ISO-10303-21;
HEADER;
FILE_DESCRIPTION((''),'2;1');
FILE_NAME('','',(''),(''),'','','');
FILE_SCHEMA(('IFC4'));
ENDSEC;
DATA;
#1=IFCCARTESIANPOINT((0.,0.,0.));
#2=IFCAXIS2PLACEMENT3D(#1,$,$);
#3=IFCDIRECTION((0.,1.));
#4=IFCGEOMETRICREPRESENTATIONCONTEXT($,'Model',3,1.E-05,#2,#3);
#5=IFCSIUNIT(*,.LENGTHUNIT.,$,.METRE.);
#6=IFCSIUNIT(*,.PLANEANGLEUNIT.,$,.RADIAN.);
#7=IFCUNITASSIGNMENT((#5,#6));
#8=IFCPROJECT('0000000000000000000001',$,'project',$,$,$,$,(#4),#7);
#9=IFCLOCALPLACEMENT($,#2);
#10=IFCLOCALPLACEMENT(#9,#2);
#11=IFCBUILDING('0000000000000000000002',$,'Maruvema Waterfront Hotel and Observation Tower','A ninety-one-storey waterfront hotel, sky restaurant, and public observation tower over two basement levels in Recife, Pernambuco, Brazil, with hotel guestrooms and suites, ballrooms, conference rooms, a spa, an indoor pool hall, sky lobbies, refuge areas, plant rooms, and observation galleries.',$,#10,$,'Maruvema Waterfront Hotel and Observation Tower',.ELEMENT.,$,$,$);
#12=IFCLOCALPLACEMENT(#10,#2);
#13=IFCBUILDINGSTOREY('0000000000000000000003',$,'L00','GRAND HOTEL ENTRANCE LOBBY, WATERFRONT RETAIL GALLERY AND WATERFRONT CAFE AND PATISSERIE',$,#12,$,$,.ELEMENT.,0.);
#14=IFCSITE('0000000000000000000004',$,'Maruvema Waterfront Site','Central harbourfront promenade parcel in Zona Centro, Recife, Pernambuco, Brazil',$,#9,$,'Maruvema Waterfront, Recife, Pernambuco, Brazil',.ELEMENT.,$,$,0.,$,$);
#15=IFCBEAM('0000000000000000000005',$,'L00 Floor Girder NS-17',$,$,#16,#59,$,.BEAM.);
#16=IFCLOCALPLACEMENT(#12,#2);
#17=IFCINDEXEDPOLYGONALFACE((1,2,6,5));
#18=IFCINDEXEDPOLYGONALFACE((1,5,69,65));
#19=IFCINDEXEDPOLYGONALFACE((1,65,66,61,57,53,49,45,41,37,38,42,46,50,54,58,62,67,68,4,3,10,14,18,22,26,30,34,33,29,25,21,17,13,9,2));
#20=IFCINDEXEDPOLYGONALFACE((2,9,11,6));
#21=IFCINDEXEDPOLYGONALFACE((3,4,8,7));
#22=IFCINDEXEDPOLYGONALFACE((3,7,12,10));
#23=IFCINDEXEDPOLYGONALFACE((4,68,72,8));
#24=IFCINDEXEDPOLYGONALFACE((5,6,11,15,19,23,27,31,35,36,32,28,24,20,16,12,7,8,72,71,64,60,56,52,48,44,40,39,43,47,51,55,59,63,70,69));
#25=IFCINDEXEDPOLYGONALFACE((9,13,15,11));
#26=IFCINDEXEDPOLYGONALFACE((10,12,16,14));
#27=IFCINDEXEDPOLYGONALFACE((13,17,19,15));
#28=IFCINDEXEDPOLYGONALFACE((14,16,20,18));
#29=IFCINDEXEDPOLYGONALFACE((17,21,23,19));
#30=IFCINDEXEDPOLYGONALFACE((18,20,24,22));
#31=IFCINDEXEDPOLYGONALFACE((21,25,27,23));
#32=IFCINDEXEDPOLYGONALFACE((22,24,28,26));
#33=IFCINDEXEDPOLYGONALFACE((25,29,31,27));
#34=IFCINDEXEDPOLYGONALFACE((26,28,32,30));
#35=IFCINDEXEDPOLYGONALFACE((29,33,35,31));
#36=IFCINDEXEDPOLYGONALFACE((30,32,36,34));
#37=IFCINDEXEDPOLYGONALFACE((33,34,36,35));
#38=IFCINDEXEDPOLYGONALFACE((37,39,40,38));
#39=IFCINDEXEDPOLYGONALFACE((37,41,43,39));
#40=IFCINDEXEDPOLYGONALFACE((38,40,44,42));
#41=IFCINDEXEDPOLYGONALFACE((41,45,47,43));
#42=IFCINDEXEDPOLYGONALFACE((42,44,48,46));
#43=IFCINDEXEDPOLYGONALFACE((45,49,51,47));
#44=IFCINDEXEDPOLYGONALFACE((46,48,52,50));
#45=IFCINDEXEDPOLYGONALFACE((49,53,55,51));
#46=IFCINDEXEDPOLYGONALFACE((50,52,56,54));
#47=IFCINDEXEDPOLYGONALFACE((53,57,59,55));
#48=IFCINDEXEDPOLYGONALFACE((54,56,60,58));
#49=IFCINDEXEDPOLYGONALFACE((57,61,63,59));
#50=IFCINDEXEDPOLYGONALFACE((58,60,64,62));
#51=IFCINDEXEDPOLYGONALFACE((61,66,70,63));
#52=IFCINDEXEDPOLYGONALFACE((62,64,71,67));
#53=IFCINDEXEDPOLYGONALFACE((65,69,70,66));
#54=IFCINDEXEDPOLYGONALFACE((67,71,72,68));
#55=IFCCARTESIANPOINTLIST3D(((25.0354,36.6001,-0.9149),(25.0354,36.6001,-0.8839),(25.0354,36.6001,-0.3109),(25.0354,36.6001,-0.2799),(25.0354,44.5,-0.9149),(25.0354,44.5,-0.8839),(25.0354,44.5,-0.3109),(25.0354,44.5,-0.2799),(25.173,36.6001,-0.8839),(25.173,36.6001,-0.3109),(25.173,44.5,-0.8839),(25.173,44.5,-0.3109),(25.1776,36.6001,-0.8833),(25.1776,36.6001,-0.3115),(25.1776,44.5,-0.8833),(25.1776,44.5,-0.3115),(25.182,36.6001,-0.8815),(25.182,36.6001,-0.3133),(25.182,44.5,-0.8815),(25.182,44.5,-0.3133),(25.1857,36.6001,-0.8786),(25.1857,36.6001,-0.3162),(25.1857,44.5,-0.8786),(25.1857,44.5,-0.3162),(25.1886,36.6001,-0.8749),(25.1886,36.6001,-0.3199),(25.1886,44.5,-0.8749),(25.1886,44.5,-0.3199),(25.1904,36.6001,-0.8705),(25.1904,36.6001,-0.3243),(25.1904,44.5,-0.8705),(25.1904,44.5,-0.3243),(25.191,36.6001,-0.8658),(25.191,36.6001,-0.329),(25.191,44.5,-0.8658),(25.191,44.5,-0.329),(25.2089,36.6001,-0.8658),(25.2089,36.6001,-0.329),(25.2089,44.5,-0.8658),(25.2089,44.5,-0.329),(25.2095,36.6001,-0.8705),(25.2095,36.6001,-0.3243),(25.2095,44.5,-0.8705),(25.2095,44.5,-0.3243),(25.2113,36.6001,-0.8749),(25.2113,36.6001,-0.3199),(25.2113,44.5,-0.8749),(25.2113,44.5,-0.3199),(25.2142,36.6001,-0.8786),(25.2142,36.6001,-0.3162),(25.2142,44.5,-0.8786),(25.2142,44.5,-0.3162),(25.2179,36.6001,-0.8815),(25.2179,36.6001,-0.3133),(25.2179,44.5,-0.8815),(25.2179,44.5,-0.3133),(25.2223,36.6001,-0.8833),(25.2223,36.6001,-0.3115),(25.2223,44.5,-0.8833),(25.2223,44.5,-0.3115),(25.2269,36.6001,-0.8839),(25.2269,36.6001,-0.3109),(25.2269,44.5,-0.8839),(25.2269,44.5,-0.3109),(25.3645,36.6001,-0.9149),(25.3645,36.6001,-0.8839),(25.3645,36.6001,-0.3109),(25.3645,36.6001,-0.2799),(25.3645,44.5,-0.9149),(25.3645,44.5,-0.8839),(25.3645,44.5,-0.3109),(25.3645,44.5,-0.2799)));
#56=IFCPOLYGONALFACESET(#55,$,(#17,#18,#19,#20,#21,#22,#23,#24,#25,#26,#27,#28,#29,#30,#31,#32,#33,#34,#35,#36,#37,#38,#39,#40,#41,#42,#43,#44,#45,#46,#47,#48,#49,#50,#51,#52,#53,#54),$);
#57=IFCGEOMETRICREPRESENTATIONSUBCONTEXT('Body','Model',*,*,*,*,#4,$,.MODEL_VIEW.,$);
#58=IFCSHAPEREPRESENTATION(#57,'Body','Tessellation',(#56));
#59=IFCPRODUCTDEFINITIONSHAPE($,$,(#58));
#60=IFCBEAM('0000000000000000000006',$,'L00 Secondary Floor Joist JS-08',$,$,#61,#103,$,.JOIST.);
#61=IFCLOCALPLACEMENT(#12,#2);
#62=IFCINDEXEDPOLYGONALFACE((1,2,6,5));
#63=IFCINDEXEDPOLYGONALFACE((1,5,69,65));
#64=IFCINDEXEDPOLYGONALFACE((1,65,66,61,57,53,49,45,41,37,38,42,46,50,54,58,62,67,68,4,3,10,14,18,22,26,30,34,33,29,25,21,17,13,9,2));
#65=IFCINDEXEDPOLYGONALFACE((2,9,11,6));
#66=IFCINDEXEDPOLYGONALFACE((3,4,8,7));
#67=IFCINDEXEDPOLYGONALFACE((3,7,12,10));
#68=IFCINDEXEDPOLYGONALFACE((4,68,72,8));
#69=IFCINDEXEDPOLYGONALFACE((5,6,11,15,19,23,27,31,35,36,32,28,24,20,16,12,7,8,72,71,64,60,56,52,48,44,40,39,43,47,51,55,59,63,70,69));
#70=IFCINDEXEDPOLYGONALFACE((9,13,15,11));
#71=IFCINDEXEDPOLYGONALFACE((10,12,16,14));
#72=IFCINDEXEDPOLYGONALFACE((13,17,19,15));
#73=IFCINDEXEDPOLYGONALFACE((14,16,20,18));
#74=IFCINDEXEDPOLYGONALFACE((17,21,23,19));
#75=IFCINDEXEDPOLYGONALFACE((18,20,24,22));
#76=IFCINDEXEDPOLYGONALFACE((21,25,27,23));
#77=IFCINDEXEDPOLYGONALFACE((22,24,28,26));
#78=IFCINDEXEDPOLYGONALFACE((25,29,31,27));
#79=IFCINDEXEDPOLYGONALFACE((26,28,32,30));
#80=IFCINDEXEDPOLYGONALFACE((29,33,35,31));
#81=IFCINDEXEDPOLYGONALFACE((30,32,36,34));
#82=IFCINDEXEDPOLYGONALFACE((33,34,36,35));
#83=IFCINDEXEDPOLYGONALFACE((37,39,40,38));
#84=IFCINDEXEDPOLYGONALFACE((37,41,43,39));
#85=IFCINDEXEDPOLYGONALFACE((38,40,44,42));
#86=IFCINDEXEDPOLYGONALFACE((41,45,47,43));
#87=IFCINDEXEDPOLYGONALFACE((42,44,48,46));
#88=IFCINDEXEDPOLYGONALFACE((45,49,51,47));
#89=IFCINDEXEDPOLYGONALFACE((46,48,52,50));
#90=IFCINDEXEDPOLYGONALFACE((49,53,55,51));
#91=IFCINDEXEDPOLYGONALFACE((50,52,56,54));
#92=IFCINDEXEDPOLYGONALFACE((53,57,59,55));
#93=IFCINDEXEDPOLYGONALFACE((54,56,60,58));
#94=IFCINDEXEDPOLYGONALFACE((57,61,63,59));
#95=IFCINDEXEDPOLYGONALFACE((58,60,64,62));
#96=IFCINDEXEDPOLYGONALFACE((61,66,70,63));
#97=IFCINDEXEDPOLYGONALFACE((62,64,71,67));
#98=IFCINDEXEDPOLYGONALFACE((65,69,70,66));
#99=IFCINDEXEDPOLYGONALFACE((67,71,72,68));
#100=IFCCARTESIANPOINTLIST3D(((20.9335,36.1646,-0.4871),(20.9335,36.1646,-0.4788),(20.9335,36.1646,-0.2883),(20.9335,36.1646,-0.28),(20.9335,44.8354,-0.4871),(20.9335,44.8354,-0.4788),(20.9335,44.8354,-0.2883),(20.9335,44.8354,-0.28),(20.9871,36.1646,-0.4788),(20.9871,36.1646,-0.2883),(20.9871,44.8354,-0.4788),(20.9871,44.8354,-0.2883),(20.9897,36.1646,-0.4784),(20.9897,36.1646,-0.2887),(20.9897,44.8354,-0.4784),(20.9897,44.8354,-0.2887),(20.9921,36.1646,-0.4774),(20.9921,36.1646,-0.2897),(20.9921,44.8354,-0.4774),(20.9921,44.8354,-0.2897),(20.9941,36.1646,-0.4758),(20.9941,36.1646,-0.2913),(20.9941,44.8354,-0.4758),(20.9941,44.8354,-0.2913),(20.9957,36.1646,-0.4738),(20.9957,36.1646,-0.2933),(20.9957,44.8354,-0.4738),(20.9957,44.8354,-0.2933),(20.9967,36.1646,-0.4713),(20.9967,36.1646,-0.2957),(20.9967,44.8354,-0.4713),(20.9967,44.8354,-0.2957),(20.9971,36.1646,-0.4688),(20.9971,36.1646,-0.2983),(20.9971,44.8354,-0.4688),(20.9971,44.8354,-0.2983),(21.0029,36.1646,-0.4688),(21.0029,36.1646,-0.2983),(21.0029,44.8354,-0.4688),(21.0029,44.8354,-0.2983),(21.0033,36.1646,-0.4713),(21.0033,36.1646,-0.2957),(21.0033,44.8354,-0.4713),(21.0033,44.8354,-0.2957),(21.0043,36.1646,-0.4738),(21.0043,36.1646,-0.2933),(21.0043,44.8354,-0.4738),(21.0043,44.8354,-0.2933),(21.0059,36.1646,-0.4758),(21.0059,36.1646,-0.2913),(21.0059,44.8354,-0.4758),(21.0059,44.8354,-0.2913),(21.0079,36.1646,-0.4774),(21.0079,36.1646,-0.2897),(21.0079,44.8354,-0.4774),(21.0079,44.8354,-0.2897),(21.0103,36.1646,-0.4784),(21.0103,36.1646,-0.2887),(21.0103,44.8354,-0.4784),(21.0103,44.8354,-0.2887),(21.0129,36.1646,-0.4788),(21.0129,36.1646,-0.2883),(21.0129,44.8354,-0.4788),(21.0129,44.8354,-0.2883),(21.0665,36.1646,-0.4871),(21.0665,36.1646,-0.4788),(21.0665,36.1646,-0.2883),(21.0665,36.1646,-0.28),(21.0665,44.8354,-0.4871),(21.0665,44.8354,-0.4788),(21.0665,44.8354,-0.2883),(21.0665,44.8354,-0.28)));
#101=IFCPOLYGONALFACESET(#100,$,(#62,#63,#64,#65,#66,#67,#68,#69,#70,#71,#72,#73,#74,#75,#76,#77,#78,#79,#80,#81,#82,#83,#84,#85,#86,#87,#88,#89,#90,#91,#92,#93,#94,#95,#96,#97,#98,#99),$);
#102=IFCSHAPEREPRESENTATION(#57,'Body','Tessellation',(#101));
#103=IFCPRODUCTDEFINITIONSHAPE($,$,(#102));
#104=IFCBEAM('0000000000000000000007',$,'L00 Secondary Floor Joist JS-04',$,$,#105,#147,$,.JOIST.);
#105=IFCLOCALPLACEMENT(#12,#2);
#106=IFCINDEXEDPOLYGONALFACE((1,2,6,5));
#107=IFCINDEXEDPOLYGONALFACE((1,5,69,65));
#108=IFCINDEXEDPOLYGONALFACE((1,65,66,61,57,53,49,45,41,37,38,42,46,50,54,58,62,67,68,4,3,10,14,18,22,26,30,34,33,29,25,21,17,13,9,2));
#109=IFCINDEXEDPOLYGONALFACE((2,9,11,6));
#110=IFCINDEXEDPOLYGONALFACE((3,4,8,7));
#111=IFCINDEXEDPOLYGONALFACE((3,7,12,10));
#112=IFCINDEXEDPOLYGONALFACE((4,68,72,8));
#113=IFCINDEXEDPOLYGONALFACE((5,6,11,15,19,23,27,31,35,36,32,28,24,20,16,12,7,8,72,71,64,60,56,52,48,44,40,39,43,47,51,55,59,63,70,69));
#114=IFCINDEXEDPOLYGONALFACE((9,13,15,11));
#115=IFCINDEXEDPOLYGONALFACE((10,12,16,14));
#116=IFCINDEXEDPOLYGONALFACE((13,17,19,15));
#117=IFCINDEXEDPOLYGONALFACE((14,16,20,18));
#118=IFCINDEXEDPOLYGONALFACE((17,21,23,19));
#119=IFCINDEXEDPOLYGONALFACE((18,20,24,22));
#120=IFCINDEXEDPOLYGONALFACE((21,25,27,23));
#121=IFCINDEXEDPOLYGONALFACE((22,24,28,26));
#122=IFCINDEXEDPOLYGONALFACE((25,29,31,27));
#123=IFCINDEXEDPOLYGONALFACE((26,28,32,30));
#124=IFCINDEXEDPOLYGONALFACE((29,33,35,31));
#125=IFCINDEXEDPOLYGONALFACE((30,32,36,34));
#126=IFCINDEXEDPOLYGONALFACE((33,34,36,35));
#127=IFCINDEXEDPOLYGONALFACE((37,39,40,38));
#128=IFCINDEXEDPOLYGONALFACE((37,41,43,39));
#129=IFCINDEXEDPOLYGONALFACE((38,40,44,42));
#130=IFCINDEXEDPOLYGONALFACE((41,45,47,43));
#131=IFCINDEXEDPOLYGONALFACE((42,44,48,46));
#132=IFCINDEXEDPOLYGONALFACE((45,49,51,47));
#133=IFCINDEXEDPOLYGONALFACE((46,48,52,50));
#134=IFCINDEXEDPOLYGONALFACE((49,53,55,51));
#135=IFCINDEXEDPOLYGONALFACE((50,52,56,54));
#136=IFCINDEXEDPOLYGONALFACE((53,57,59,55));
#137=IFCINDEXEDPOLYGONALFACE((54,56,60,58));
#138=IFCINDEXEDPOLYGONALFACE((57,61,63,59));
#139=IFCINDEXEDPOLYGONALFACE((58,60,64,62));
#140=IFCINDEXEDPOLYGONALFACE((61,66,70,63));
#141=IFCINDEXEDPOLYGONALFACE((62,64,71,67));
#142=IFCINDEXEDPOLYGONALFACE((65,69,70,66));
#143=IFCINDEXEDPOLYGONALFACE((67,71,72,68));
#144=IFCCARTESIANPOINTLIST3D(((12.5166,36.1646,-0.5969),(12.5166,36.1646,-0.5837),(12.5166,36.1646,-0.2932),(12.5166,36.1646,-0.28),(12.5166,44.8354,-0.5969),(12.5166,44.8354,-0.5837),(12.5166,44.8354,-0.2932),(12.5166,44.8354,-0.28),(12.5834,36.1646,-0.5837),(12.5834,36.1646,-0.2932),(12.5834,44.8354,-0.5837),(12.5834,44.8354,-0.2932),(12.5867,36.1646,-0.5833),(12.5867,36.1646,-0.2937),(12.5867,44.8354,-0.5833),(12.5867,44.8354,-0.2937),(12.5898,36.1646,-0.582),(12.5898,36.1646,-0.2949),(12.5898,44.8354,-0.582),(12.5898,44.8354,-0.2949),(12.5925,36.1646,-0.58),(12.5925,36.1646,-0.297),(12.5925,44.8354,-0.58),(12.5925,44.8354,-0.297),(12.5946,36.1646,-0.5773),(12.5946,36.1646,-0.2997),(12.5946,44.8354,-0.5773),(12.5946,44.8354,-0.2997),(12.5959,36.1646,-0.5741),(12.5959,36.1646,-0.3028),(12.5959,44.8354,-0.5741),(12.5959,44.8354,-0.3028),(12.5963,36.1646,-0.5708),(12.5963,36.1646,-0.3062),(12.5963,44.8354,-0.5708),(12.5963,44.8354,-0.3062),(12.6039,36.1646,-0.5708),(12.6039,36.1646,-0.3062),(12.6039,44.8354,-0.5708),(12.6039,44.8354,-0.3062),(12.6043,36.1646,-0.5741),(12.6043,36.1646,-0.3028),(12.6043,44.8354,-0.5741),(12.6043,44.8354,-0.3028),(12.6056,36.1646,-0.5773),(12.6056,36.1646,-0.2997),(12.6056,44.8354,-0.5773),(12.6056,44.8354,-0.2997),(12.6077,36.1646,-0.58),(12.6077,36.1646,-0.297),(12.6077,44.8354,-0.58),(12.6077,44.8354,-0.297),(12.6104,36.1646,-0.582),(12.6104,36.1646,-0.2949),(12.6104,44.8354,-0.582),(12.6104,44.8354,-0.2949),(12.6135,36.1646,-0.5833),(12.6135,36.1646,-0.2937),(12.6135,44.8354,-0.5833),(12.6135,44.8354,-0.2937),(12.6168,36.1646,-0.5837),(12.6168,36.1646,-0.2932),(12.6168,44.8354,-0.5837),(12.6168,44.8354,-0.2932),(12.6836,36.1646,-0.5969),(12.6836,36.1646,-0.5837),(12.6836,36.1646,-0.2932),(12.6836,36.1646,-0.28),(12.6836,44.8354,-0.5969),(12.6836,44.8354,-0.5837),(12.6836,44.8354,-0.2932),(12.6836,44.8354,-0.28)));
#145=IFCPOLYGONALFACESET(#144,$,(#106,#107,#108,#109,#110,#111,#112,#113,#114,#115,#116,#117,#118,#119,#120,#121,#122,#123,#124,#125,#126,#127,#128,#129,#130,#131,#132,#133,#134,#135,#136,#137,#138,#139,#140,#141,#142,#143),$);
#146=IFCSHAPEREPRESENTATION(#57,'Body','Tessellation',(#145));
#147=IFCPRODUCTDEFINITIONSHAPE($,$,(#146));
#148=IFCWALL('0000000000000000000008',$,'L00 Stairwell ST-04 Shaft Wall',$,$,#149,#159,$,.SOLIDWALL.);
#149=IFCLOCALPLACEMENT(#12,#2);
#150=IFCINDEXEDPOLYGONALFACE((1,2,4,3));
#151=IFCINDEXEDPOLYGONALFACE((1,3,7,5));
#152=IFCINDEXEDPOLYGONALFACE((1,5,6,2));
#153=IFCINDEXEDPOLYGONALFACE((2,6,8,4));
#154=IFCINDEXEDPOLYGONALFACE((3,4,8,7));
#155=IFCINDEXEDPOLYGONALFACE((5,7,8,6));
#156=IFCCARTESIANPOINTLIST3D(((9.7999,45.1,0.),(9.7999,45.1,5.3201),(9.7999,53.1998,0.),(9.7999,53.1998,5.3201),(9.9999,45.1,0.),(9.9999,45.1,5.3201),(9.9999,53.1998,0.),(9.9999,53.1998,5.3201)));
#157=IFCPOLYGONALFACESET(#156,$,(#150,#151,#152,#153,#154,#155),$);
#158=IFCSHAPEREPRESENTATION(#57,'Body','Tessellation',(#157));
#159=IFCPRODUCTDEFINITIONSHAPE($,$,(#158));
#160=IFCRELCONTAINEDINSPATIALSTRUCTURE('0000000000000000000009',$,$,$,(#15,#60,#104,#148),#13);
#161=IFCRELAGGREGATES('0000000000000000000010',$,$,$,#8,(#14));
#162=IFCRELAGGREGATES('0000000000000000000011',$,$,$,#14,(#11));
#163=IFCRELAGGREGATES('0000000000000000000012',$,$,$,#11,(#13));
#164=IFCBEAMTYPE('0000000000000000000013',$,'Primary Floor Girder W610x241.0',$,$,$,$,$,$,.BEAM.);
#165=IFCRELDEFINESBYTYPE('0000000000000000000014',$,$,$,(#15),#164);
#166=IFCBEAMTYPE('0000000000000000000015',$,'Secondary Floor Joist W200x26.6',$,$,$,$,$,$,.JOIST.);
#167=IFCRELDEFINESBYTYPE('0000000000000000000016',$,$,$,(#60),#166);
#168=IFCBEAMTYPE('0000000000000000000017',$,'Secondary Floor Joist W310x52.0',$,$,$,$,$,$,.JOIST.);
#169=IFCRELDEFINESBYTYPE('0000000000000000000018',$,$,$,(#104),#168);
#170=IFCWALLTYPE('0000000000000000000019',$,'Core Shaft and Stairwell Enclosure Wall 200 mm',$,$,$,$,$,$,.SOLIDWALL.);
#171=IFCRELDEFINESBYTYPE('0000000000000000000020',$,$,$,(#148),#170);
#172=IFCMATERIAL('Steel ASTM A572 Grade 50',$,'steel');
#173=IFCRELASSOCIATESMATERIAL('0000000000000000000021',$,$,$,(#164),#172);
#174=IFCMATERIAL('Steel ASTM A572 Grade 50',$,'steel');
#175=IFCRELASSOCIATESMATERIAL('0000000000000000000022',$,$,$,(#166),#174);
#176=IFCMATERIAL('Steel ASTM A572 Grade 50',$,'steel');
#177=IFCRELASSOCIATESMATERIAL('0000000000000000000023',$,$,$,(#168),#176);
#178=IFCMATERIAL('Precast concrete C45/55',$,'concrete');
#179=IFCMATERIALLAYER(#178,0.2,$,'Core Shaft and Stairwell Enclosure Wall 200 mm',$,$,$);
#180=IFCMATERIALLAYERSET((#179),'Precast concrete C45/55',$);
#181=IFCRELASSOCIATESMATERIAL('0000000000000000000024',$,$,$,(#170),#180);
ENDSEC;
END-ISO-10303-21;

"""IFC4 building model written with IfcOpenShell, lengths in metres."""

from ifc_helpers import new_model, si_unit, direction, frame, frame_2d, origin, origin_2d, place, context, subcontext, project, spatial, rectangle, i_section, extrude, material, layer, layer_set, material_profile, profile_set, type_object, element, save


model = new_model("IFC4")

# Units and contexts
model_context = context("Model", 3, precision=1e-05, world=origin(), true_north=direction((0.0, 1.0)))
body_context = subcontext(model_context, "Body", "Model", "MODEL_VIEW")
ifc_project = project(units=[si_unit("LENGTHUNIT", "METRE"), si_unit("PLANEANGLEUNIT", "RADIAN")], contexts=[model_context])

# Site, building, storey
site_placement = place(None, origin())
site = spatial("IfcSite", under=ifc_project, at=site_placement, Name="Maruvema Waterfront Site", Description="Central harbourfront promenade parcel in Zona Centro, Recife, Pernambuco, Brazil", LongName="Maruvema Waterfront, Recife, Pernambuco, Brazil", CompositionType="ELEMENT", RefElevation=0.0)
building_placement = place(site_placement, origin())
building = spatial("IfcBuilding", under=site, at=building_placement, Name="Maruvema Waterfront Hotel and Observation Tower", Description="A ninety-one-storey waterfront hotel, sky restaurant, and public observation tower over two basement levels in Recife, Pernambuco, Brazil, with hotel guestrooms and suites, ballrooms, conference rooms, a spa, an indoor pool hall, sky lobbies, refuge areas, plant rooms, and observation galleries.", LongName="Maruvema Waterfront Hotel and Observation Tower", CompositionType="ELEMENT")
storey_placement = place(building_placement, origin())
storey = spatial("IfcBuildingStorey", under=building, at=storey_placement, Name="L00", Description="GRAND HOTEL ENTRANCE LOBBY, WATERFRONT RETAIL GALLERY AND WATERFRONT CAFE AND PATISSERIE", CompositionType="ELEMENT", Elevation=0.0)

# Beams
ifc_material_1 = material(Name="Steel ASTM A572 Grade 50", Category="steel")
ifc_material_profile_1 = material_profile(ifc_material_1, i_section(OverallWidth=0.3291, OverallDepth=0.635, WebThickness=0.0178, FlangeThickness=0.031, FilletRadius=0.0181, at=origin_2d()), Name="W610x241.0")
ifc_profile_set_1 = profile_set([ifc_material_profile_1], Name="Steel ASTM A572 Grade 50")
beam_type_1 = type_object("IfcBeamType", Name="Primary Floor Girder W610x241.0", PredefinedType="BEAM", material=ifc_profile_set_1)
beam_1_placement = place(storey_placement, frame((25.2, 36.6001, -0.5974), z_axis=(0.0, 1.0, 0.0), x_axis=(-1.0, 0.0, 0.0)))
element("IfcBeam", 1, at=beam_1_placement, inside=storey, type_object=beam_type_1, Name="L00 Floor Girder NS-17", PredefinedType="BEAM", context=body_context, shape_type="SweptSolid", body=[
    extrude(i_section(OverallWidth=0.3291, OverallDepth=0.635, WebThickness=0.0178, FlangeThickness=0.031, FilletRadius=0.0181, at=origin_2d()), origin(), (0.0, 0.0, 1.0), 7.8999),
])
ifc_material_2 = material(Name="Steel ASTM A572 Grade 50", Category="steel")
ifc_material_profile_2 = material_profile(ifc_material_2, i_section(OverallWidth=0.1331, OverallDepth=0.207, WebThickness=0.0059, FlangeThickness=0.0083, FilletRadius=0.01, at=origin_2d()), Name="W200x26.6")
ifc_profile_set_2 = profile_set([ifc_material_profile_2], Name="Steel ASTM A572 Grade 50")
beam_type_2 = type_object("IfcBeamType", Name="Secondary Floor Joist W200x26.6", PredefinedType="JOIST", material=ifc_profile_set_2)
beam_2_placement = place(storey_placement, frame((21.0, 36.1646, -0.3835), z_axis=(0.0, 1.0, 0.0), x_axis=(-1.0, 0.0, 0.0)))
element("IfcBeam", 2, at=beam_2_placement, inside=storey, type_object=beam_type_2, Name="L00 Secondary Floor Joist JS-08", PredefinedType="JOIST", context=body_context, shape_type="SweptSolid", body=[
    extrude(i_section(OverallWidth=0.1331, OverallDepth=0.207, WebThickness=0.0059, FlangeThickness=0.0083, FilletRadius=0.01, at=origin_2d()), origin(), (0.0, 0.0, 1.0), 8.6709),
])
ifc_material_3 = material(Name="Steel ASTM A572 Grade 50", Category="steel")
ifc_material_profile_3 = material_profile(ifc_material_3, i_section(OverallWidth=0.167, OverallDepth=0.3169, WebThickness=0.0076, FlangeThickness=0.0132, FilletRadius=0.0129, at=origin_2d()), Name="W310x52.0")
ifc_profile_set_3 = profile_set([ifc_material_profile_3], Name="Steel ASTM A572 Grade 50")
beam_type_3 = type_object("IfcBeamType", Name="Secondary Floor Joist W310x52.0", PredefinedType="JOIST", material=ifc_profile_set_3)
beam_3_placement = place(storey_placement, frame((12.6001, 36.1646, -0.4385), z_axis=(0.0, 1.0, 0.0), x_axis=(-1.0, 0.0, 0.0)))
element("IfcBeam", 3, at=beam_3_placement, inside=storey, type_object=beam_type_3, Name="L00 Secondary Floor Joist JS-04", PredefinedType="JOIST", context=body_context, shape_type="SweptSolid", body=[
    extrude(i_section(OverallWidth=0.167, OverallDepth=0.3169, WebThickness=0.0076, FlangeThickness=0.0132, FilletRadius=0.0129, at=origin_2d()), origin(), (0.0, 0.0, 1.0), 8.6709),
])

# Wall
ifc_material_4 = material(Name="Precast concrete C45/55", Category="concrete")
ifc_layer_1 = layer(ifc_material_4, 0.2, Name="Core Shaft and Stairwell Enclosure Wall 200 mm")
ifc_layer_set_1 = layer_set([ifc_layer_1], Name="Precast concrete C45/55")
wall_type_1 = type_object("IfcWallType", Name="Core Shaft and Stairwell Enclosure Wall 200 mm", PredefinedType="SOLIDWALL", material=ifc_layer_set_1)
wall_1_placement = place(storey_placement, frame((9.8999, 45.1001, 0.0), z_axis=(0.0, 0.0, 1.0), x_axis=(0.0, 1.0, 0.0)))
element("IfcWall", 4, at=wall_1_placement, inside=storey, type_object=wall_type_1, Name="L00 Stairwell ST-04 Shaft Wall", PredefinedType="SOLIDWALL", context=body_context, shape_type="SweptSolid", body=[
    extrude(rectangle(XDim=8.0999, YDim=0.2, at=frame_2d((4.0498, 0.0))), origin(), (0.0, 0.0, 1.0), 5.3201),
])

save(model, "model.ifc")
